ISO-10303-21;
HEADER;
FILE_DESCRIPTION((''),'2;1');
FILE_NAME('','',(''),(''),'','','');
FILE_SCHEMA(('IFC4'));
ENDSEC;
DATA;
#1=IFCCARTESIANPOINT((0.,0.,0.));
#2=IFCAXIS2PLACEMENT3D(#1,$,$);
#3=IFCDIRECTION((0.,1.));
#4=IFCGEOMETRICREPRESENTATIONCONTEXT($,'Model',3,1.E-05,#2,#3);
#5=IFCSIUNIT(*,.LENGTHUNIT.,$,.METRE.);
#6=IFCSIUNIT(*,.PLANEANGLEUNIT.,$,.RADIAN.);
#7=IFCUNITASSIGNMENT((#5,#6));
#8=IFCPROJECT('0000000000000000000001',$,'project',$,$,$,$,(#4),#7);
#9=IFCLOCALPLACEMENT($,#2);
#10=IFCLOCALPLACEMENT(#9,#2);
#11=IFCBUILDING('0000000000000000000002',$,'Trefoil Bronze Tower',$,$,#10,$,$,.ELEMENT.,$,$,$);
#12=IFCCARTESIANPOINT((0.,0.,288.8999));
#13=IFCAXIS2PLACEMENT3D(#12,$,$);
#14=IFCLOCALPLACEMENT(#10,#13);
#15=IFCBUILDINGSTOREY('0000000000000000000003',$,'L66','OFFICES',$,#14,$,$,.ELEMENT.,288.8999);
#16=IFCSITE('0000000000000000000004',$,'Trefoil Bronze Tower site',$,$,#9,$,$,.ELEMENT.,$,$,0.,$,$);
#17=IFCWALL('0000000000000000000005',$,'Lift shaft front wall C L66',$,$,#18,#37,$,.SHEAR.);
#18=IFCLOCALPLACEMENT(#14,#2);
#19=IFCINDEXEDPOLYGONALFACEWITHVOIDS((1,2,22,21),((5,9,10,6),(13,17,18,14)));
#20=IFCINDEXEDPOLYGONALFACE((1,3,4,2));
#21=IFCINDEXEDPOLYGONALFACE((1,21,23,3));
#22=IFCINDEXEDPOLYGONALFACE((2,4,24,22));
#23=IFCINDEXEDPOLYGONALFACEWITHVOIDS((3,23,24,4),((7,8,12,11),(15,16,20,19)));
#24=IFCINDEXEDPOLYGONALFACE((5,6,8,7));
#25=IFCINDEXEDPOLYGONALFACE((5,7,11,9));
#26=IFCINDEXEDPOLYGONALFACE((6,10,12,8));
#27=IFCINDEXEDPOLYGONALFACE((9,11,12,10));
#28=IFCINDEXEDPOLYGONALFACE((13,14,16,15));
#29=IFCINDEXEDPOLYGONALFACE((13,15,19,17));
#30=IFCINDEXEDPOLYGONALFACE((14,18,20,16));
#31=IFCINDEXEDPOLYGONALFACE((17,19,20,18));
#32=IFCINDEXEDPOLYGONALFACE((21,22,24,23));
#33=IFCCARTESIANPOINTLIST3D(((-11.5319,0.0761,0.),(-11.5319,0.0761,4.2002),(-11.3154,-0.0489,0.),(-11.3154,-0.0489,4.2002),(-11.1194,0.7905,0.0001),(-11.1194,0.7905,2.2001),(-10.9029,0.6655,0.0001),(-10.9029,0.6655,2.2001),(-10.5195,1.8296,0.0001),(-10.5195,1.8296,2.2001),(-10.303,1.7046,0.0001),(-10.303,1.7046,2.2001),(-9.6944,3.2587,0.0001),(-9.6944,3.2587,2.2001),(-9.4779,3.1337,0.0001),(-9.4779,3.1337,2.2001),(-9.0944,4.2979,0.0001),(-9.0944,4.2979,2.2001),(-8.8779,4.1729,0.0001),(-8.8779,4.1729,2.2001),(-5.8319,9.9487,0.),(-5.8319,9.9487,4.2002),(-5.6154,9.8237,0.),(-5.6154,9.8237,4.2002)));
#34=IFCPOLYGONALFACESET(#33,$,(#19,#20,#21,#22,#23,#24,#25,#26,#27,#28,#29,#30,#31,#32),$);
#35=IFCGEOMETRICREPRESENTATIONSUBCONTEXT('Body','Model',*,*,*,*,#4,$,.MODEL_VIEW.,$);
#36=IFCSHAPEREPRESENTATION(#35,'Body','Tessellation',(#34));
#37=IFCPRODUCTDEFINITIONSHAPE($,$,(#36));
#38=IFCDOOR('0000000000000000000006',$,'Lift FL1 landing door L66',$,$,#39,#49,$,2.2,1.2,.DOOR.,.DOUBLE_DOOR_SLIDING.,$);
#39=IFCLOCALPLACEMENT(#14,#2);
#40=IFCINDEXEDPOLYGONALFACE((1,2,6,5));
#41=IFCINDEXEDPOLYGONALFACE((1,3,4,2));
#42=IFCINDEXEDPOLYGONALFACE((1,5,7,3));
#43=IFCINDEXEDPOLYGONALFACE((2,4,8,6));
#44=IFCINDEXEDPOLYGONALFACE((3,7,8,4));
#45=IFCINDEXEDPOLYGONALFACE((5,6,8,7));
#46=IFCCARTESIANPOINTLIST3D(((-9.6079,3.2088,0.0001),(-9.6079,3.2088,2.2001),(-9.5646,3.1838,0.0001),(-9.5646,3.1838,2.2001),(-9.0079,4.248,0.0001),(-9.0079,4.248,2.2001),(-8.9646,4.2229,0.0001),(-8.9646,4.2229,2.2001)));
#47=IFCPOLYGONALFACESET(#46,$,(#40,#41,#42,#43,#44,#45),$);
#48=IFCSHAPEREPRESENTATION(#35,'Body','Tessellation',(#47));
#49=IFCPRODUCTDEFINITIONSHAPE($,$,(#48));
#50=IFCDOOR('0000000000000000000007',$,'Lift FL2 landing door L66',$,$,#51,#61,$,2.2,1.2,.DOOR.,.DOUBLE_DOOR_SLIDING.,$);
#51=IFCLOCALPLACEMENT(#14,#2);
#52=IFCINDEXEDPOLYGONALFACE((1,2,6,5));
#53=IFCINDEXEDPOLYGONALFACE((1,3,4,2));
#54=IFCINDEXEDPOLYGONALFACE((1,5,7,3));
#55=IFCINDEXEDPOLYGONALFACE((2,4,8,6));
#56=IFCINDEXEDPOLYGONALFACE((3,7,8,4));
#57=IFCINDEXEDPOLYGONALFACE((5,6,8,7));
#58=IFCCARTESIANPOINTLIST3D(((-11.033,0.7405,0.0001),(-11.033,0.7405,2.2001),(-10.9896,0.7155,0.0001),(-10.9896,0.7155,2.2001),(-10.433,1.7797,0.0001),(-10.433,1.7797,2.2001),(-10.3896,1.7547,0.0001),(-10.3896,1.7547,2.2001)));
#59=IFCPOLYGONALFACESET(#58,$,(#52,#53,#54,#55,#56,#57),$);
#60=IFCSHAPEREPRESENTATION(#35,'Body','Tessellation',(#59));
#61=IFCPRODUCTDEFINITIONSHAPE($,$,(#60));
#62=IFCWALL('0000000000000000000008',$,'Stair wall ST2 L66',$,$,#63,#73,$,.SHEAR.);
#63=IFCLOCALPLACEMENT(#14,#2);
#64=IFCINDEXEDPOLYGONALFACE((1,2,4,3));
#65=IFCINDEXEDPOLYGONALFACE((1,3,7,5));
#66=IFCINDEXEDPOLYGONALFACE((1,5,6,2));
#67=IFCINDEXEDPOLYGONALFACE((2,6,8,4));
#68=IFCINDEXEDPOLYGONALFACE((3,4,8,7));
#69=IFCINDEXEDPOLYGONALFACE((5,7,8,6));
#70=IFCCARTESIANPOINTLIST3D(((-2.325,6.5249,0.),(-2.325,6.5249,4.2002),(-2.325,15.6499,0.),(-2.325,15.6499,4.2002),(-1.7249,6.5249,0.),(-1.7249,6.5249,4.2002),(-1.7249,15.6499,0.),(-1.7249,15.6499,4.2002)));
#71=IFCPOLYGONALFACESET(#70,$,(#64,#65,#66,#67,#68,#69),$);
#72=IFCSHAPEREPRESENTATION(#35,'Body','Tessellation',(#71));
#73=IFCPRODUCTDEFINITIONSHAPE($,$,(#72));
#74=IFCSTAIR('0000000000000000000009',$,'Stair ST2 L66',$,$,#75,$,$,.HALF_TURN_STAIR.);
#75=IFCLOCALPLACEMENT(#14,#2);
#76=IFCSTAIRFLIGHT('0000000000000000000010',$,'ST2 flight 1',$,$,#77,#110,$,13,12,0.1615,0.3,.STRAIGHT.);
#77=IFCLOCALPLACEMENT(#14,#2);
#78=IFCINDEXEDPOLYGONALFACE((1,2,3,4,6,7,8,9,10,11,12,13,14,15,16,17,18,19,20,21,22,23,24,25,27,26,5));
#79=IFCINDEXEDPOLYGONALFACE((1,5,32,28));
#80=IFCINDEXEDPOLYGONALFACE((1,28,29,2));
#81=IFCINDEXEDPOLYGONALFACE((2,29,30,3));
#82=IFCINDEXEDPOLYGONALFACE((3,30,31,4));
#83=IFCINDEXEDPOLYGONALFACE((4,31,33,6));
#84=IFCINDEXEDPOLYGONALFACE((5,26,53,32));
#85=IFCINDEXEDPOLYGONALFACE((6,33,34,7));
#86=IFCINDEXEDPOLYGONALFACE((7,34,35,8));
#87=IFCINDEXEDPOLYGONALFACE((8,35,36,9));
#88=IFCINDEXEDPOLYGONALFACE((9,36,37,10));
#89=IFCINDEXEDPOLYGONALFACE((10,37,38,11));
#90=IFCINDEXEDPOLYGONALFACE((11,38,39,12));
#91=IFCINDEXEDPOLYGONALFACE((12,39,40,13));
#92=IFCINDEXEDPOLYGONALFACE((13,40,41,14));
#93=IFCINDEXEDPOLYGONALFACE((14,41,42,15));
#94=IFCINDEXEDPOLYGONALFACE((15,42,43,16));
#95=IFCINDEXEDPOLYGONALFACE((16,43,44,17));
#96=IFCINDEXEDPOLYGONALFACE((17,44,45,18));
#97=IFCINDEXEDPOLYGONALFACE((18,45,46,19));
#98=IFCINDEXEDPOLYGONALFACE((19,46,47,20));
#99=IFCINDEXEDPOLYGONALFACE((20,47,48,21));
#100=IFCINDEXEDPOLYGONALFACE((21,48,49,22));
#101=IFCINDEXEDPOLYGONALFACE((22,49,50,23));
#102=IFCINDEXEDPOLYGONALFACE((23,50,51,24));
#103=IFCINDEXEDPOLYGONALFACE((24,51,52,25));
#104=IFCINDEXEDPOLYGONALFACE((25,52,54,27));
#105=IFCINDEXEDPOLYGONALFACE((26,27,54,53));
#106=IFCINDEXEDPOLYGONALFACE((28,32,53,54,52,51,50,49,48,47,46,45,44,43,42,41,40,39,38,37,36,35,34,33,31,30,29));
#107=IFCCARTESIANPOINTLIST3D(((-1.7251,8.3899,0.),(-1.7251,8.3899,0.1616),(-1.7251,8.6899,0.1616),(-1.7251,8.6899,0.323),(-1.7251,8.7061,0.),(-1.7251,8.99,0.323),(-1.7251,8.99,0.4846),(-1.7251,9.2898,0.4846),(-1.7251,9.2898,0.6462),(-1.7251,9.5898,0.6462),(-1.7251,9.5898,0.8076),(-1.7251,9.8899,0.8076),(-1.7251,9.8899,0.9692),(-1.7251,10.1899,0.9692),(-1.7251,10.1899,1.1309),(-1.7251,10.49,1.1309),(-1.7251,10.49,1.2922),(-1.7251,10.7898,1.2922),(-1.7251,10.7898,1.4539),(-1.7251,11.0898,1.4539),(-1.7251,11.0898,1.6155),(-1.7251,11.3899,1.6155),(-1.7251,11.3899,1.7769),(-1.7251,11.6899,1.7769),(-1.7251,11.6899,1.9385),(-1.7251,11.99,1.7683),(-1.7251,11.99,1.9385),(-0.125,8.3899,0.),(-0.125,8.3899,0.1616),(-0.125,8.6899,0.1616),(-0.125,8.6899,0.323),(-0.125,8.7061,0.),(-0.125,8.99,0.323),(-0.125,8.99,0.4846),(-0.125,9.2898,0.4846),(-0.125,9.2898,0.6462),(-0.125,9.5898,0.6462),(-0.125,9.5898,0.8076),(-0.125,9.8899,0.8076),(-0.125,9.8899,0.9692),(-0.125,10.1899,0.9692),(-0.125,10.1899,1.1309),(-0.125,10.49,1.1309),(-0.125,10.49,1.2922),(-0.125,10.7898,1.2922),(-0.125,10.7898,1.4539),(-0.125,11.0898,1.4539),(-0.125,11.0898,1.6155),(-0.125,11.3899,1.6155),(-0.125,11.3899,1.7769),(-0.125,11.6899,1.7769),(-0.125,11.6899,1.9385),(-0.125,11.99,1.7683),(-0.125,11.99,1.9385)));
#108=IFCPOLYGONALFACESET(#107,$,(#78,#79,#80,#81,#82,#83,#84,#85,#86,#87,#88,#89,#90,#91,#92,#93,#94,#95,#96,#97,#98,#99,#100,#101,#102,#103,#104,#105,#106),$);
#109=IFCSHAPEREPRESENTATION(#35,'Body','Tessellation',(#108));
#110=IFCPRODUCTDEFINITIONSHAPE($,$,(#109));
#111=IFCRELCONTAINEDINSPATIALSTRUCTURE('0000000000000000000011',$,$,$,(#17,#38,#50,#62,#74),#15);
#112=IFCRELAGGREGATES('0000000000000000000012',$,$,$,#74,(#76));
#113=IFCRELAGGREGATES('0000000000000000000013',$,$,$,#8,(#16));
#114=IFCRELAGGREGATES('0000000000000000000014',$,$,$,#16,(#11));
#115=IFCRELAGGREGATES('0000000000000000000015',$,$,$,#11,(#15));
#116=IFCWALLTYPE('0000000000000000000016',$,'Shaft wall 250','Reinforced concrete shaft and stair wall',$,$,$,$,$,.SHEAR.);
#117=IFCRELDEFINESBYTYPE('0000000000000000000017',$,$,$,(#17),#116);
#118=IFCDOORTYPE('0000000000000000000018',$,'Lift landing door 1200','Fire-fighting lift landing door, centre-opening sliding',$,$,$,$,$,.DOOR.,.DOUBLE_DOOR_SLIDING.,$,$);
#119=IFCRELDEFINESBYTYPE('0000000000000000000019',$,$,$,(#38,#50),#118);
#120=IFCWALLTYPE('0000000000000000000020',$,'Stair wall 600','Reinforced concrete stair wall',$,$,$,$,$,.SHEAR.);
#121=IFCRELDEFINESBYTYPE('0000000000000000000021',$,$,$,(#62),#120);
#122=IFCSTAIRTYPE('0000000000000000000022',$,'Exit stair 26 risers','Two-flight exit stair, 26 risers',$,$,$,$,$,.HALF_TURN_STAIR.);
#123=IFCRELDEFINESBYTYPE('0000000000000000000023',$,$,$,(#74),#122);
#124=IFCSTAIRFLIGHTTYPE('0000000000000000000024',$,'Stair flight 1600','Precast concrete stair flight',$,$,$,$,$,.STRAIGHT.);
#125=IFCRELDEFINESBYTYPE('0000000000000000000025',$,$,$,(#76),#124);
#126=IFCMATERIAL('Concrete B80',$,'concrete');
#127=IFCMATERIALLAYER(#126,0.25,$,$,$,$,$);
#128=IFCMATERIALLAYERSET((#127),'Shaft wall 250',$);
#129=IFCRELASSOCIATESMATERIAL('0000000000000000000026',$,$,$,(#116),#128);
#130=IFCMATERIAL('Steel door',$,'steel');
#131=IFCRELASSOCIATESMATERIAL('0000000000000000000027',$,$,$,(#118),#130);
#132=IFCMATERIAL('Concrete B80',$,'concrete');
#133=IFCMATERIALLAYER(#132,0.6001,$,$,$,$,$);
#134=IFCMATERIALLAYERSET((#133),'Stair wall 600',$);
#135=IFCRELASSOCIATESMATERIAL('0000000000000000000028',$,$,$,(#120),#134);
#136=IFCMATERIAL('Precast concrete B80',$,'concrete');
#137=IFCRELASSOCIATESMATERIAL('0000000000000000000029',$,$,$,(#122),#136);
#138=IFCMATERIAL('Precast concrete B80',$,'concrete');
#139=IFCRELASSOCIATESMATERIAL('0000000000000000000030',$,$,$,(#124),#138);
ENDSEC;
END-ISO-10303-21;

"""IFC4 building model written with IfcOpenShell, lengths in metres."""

from ifc_helpers import new_model, si_unit, direction, frame, frame_2d, origin, place, context, subcontext, project, spatial, polyline, rectangle, outline, extrude, material, layer, layer_set, type_object, element, fill, aggregate, save


model = new_model("IFC4")

# Units and contexts
model_context = context("Model", 3, precision=1e-05, world=origin(), true_north=direction((0.0, 1.0)))
body_context = subcontext(model_context, "Body", "Model", "MODEL_VIEW")
ifc_project = project(units=[si_unit("LENGTHUNIT", "METRE"), si_unit("PLANEANGLEUNIT", "RADIAN")], contexts=[model_context])

# Site, building, storey
site_placement = place(None, origin())
site = spatial("IfcSite", under=ifc_project, at=site_placement, Name="Trefoil Bronze Tower site", CompositionType="ELEMENT", RefElevation=0.0)
building_placement = place(site_placement, origin())
building = spatial("IfcBuilding", under=site, at=building_placement, Name="Trefoil Bronze Tower", CompositionType="ELEMENT")
storey_placement = place(building_placement, frame((0.0, 0.0, 288.8999)))
storey = spatial("IfcBuildingStorey", under=building, at=storey_placement, Name="L66", Description="OFFICES", CompositionType="ELEMENT", Elevation=288.8999)

# Wall, openings, doors
ifc_material_1 = material(Name="Concrete B80", Category="concrete")
ifc_layer_1 = layer(ifc_material_1, 0.25)
ifc_layer_set_1 = layer_set([ifc_layer_1], Name="Shaft wall 250")
wall_type_1 = type_object("IfcWallType", Name="Shaft wall 250", Description="Reinforced concrete shaft and stair wall", PredefinedType="SHEAR", material=ifc_layer_set_1)
wall_1_placement = place(storey_placement, frame((-5.7236, 9.8862, 0.0), z_axis=(0.0, 0.0, 1.0), x_axis=(-0.500002, -0.866024, 0.0)))
wall_1 = element("IfcWall", 1, at=wall_1_placement, inside=storey, type_object=wall_type_1, Name="Lift shaft front wall C L66", PredefinedType="SHEAR", context=body_context, shape_type="SweptSolid", body=[
    extrude(rectangle(XDim=11.3999, YDim=0.25, at=frame_2d((5.7, 0.0))), origin(), (0.0, 0.0, 1.0), 4.2002),
])
opening_1_placement = place(wall_1_placement, frame((6.5249, 0.0, 0.0)))
opening_1 = element("IfcOpeningElement", 2, at=opening_1_placement, cuts=wall_1, PredefinedType="OPENING", context=body_context, shape_type="SweptSolid", body=[
    extrude(rectangle(XDim=1.2, YDim=2.2, at=frame_2d((0.6001, 1.1001))), frame((0.0, 0.135, 0.0), z_axis=(0.0, -1.0, 0.0), x_axis=(1.0, 0.0, 0.0)), (0.0, 0.0, 1.0), 0.27),
])
opening_2_placement = place(wall_1_placement, frame((9.375, 0.0, 0.0)))
opening_2 = element("IfcOpeningElement", 3, at=opening_2_placement, cuts=wall_1, PredefinedType="OPENING", context=body_context, shape_type="SweptSolid", body=[
    extrude(rectangle(XDim=1.2, YDim=2.2, at=frame_2d((0.6001, 1.1001))), frame((0.0, 0.135, 0.0), z_axis=(0.0, -1.0, 0.0), x_axis=(1.0, 0.0, 0.0)), (0.0, 0.0, 1.0), 0.27),
])
ifc_material_2 = material(Name="Steel door", Category="steel")
door_type_1 = type_object("IfcDoorType", Name="Lift landing door 1200", Description="Fire-fighting lift landing door, centre-opening sliding", OperationType="DOUBLE_DOOR_SLIDING", PredefinedType="DOOR", material=ifc_material_2)
door_1_placement = place(opening_1_placement, origin())
door_1 = element("IfcDoor", 4, at=door_1_placement, inside=storey, type_object=door_type_1, Name="Lift FL1 landing door L66", OperationType="DOUBLE_DOOR_SLIDING", OverallHeight=2.2, OverallWidth=1.2, PredefinedType="DOOR", context=body_context, shape_type="SweptSolid", body=[
    extrude(rectangle(XDim=1.2, YDim=2.2, at=frame_2d((0.6001, 1.1001))), frame((0.0, 0.0249, 0.0), z_axis=(0.0, -1.0, 0.0), x_axis=(1.0, 0.0, 0.0)), (0.0, 0.0, 1.0), 0.05),
])
fill(opening_1, door_1)
door_2_placement = place(opening_2_placement, origin())
door_2 = element("IfcDoor", 5, at=door_2_placement, inside=storey, type_object=door_type_1, Name="Lift FL2 landing door L66", OperationType="DOUBLE_DOOR_SLIDING", OverallHeight=2.2, OverallWidth=1.2, PredefinedType="DOOR", context=body_context, shape_type="SweptSolid", body=[
    extrude(rectangle(XDim=1.2, YDim=2.2, at=frame_2d((0.6001, 1.1001))), frame((0.0, 0.0249, 0.0), z_axis=(0.0, -1.0, 0.0), x_axis=(1.0, 0.0, 0.0)), (0.0, 0.0, 1.0), 0.05),
])
fill(opening_2, door_2)

# Wall
ifc_material_3 = material(Name="Concrete B80", Category="concrete")
ifc_layer_2 = layer(ifc_material_3, 0.6001)
ifc_layer_set_2 = layer_set([ifc_layer_2], Name="Stair wall 600")
wall_type_2 = type_object("IfcWallType", Name="Stair wall 600", Description="Reinforced concrete stair wall", PredefinedType="SHEAR", material=ifc_layer_set_2)
wall_2_placement = place(storey_placement, frame((-2.0249, 6.5249, 0.0), z_axis=(0.0, 0.0, 1.0), x_axis=(0.0, 1.0, 0.0)))
element("IfcWall", 6, at=wall_2_placement, inside=storey, type_object=wall_type_2, Name="Stair wall ST2 L66", PredefinedType="SHEAR", context=body_context, shape_type="SweptSolid", body=[
    extrude(rectangle(XDim=9.125, YDim=0.6001, at=frame_2d((4.5625, 0.0))), origin(), (0.0, 0.0, 1.0), 4.2002),
])

# Stair, stair flight
ifc_material_4 = material(Name="Precast concrete B80", Category="concrete")
stair_type = type_object("IfcStairType", Name="Exit stair 26 risers", Description="Two-flight exit stair, 26 risers", PredefinedType="HALF_TURN_STAIR", material=ifc_material_4)
stair_placement = place(storey_placement, origin())
stair = element("IfcStair", 7, at=stair_placement, inside=storey, type_object=stair_type, Name="Stair ST2 L66", PredefinedType="HALF_TURN_STAIR")
ifc_material_5 = material(Name="Precast concrete B80", Category="concrete")
stair_flight_type = type_object("IfcStairFlightType", Name="Stair flight 1600", Description="Precast concrete stair flight", PredefinedType="STRAIGHT", material=ifc_material_5)
stair_flight_placement = place(storey_placement, frame((-0.925, 8.3899, 0.0), z_axis=(0.0, 0.0, 1.0), x_axis=(0.0, 1.0, 0.0)))
stair_flight = element("IfcStairFlight", 8, at=stair_flight_placement, type_object=stair_flight_type, Name="ST2 flight 1", NumberOfRisers=13, NumberOfTreads=12, PredefinedType="STRAIGHT", RiserHeight=0.1615, TreadLength=0.3, context=body_context, shape_type="SweptSolid", body=[
    extrude(outline(polyline([(0.0, 0.0), (0.0, 0.1616), (0.3, 0.1616), (0.3, 0.323), (0.6001, 0.323), (0.6001, 0.4846), (0.8999, 0.4846), (0.8999, 0.6462), (1.2, 0.6462), (1.2, 0.8076), (1.5, 0.8076), (1.5, 0.9692), (1.8, 0.9692), (1.8, 1.1309), (2.1001, 1.1309), (2.1001, 1.2922), (2.3999, 1.2922), (2.3999, 1.4539), (2.7, 1.4539), (2.7, 1.6155), (3.0, 1.6155), (3.0, 1.7769), (3.3, 1.7769), (3.3, 1.9385), (3.6001, 1.9385), (3.6001, 2.1001), (3.6001, 1.7683), (0.3162, 0.0), (0.0, 0.0)])), frame((0.0, 0.8, 0.0), z_axis=(0.0, -1.0, 0.0), x_axis=(1.0, 0.0, 0.0)), (0.0, 0.0, 1.0), 1.6001),
])
aggregate(stair, [stair_flight])

save(model, "model.ifc")
